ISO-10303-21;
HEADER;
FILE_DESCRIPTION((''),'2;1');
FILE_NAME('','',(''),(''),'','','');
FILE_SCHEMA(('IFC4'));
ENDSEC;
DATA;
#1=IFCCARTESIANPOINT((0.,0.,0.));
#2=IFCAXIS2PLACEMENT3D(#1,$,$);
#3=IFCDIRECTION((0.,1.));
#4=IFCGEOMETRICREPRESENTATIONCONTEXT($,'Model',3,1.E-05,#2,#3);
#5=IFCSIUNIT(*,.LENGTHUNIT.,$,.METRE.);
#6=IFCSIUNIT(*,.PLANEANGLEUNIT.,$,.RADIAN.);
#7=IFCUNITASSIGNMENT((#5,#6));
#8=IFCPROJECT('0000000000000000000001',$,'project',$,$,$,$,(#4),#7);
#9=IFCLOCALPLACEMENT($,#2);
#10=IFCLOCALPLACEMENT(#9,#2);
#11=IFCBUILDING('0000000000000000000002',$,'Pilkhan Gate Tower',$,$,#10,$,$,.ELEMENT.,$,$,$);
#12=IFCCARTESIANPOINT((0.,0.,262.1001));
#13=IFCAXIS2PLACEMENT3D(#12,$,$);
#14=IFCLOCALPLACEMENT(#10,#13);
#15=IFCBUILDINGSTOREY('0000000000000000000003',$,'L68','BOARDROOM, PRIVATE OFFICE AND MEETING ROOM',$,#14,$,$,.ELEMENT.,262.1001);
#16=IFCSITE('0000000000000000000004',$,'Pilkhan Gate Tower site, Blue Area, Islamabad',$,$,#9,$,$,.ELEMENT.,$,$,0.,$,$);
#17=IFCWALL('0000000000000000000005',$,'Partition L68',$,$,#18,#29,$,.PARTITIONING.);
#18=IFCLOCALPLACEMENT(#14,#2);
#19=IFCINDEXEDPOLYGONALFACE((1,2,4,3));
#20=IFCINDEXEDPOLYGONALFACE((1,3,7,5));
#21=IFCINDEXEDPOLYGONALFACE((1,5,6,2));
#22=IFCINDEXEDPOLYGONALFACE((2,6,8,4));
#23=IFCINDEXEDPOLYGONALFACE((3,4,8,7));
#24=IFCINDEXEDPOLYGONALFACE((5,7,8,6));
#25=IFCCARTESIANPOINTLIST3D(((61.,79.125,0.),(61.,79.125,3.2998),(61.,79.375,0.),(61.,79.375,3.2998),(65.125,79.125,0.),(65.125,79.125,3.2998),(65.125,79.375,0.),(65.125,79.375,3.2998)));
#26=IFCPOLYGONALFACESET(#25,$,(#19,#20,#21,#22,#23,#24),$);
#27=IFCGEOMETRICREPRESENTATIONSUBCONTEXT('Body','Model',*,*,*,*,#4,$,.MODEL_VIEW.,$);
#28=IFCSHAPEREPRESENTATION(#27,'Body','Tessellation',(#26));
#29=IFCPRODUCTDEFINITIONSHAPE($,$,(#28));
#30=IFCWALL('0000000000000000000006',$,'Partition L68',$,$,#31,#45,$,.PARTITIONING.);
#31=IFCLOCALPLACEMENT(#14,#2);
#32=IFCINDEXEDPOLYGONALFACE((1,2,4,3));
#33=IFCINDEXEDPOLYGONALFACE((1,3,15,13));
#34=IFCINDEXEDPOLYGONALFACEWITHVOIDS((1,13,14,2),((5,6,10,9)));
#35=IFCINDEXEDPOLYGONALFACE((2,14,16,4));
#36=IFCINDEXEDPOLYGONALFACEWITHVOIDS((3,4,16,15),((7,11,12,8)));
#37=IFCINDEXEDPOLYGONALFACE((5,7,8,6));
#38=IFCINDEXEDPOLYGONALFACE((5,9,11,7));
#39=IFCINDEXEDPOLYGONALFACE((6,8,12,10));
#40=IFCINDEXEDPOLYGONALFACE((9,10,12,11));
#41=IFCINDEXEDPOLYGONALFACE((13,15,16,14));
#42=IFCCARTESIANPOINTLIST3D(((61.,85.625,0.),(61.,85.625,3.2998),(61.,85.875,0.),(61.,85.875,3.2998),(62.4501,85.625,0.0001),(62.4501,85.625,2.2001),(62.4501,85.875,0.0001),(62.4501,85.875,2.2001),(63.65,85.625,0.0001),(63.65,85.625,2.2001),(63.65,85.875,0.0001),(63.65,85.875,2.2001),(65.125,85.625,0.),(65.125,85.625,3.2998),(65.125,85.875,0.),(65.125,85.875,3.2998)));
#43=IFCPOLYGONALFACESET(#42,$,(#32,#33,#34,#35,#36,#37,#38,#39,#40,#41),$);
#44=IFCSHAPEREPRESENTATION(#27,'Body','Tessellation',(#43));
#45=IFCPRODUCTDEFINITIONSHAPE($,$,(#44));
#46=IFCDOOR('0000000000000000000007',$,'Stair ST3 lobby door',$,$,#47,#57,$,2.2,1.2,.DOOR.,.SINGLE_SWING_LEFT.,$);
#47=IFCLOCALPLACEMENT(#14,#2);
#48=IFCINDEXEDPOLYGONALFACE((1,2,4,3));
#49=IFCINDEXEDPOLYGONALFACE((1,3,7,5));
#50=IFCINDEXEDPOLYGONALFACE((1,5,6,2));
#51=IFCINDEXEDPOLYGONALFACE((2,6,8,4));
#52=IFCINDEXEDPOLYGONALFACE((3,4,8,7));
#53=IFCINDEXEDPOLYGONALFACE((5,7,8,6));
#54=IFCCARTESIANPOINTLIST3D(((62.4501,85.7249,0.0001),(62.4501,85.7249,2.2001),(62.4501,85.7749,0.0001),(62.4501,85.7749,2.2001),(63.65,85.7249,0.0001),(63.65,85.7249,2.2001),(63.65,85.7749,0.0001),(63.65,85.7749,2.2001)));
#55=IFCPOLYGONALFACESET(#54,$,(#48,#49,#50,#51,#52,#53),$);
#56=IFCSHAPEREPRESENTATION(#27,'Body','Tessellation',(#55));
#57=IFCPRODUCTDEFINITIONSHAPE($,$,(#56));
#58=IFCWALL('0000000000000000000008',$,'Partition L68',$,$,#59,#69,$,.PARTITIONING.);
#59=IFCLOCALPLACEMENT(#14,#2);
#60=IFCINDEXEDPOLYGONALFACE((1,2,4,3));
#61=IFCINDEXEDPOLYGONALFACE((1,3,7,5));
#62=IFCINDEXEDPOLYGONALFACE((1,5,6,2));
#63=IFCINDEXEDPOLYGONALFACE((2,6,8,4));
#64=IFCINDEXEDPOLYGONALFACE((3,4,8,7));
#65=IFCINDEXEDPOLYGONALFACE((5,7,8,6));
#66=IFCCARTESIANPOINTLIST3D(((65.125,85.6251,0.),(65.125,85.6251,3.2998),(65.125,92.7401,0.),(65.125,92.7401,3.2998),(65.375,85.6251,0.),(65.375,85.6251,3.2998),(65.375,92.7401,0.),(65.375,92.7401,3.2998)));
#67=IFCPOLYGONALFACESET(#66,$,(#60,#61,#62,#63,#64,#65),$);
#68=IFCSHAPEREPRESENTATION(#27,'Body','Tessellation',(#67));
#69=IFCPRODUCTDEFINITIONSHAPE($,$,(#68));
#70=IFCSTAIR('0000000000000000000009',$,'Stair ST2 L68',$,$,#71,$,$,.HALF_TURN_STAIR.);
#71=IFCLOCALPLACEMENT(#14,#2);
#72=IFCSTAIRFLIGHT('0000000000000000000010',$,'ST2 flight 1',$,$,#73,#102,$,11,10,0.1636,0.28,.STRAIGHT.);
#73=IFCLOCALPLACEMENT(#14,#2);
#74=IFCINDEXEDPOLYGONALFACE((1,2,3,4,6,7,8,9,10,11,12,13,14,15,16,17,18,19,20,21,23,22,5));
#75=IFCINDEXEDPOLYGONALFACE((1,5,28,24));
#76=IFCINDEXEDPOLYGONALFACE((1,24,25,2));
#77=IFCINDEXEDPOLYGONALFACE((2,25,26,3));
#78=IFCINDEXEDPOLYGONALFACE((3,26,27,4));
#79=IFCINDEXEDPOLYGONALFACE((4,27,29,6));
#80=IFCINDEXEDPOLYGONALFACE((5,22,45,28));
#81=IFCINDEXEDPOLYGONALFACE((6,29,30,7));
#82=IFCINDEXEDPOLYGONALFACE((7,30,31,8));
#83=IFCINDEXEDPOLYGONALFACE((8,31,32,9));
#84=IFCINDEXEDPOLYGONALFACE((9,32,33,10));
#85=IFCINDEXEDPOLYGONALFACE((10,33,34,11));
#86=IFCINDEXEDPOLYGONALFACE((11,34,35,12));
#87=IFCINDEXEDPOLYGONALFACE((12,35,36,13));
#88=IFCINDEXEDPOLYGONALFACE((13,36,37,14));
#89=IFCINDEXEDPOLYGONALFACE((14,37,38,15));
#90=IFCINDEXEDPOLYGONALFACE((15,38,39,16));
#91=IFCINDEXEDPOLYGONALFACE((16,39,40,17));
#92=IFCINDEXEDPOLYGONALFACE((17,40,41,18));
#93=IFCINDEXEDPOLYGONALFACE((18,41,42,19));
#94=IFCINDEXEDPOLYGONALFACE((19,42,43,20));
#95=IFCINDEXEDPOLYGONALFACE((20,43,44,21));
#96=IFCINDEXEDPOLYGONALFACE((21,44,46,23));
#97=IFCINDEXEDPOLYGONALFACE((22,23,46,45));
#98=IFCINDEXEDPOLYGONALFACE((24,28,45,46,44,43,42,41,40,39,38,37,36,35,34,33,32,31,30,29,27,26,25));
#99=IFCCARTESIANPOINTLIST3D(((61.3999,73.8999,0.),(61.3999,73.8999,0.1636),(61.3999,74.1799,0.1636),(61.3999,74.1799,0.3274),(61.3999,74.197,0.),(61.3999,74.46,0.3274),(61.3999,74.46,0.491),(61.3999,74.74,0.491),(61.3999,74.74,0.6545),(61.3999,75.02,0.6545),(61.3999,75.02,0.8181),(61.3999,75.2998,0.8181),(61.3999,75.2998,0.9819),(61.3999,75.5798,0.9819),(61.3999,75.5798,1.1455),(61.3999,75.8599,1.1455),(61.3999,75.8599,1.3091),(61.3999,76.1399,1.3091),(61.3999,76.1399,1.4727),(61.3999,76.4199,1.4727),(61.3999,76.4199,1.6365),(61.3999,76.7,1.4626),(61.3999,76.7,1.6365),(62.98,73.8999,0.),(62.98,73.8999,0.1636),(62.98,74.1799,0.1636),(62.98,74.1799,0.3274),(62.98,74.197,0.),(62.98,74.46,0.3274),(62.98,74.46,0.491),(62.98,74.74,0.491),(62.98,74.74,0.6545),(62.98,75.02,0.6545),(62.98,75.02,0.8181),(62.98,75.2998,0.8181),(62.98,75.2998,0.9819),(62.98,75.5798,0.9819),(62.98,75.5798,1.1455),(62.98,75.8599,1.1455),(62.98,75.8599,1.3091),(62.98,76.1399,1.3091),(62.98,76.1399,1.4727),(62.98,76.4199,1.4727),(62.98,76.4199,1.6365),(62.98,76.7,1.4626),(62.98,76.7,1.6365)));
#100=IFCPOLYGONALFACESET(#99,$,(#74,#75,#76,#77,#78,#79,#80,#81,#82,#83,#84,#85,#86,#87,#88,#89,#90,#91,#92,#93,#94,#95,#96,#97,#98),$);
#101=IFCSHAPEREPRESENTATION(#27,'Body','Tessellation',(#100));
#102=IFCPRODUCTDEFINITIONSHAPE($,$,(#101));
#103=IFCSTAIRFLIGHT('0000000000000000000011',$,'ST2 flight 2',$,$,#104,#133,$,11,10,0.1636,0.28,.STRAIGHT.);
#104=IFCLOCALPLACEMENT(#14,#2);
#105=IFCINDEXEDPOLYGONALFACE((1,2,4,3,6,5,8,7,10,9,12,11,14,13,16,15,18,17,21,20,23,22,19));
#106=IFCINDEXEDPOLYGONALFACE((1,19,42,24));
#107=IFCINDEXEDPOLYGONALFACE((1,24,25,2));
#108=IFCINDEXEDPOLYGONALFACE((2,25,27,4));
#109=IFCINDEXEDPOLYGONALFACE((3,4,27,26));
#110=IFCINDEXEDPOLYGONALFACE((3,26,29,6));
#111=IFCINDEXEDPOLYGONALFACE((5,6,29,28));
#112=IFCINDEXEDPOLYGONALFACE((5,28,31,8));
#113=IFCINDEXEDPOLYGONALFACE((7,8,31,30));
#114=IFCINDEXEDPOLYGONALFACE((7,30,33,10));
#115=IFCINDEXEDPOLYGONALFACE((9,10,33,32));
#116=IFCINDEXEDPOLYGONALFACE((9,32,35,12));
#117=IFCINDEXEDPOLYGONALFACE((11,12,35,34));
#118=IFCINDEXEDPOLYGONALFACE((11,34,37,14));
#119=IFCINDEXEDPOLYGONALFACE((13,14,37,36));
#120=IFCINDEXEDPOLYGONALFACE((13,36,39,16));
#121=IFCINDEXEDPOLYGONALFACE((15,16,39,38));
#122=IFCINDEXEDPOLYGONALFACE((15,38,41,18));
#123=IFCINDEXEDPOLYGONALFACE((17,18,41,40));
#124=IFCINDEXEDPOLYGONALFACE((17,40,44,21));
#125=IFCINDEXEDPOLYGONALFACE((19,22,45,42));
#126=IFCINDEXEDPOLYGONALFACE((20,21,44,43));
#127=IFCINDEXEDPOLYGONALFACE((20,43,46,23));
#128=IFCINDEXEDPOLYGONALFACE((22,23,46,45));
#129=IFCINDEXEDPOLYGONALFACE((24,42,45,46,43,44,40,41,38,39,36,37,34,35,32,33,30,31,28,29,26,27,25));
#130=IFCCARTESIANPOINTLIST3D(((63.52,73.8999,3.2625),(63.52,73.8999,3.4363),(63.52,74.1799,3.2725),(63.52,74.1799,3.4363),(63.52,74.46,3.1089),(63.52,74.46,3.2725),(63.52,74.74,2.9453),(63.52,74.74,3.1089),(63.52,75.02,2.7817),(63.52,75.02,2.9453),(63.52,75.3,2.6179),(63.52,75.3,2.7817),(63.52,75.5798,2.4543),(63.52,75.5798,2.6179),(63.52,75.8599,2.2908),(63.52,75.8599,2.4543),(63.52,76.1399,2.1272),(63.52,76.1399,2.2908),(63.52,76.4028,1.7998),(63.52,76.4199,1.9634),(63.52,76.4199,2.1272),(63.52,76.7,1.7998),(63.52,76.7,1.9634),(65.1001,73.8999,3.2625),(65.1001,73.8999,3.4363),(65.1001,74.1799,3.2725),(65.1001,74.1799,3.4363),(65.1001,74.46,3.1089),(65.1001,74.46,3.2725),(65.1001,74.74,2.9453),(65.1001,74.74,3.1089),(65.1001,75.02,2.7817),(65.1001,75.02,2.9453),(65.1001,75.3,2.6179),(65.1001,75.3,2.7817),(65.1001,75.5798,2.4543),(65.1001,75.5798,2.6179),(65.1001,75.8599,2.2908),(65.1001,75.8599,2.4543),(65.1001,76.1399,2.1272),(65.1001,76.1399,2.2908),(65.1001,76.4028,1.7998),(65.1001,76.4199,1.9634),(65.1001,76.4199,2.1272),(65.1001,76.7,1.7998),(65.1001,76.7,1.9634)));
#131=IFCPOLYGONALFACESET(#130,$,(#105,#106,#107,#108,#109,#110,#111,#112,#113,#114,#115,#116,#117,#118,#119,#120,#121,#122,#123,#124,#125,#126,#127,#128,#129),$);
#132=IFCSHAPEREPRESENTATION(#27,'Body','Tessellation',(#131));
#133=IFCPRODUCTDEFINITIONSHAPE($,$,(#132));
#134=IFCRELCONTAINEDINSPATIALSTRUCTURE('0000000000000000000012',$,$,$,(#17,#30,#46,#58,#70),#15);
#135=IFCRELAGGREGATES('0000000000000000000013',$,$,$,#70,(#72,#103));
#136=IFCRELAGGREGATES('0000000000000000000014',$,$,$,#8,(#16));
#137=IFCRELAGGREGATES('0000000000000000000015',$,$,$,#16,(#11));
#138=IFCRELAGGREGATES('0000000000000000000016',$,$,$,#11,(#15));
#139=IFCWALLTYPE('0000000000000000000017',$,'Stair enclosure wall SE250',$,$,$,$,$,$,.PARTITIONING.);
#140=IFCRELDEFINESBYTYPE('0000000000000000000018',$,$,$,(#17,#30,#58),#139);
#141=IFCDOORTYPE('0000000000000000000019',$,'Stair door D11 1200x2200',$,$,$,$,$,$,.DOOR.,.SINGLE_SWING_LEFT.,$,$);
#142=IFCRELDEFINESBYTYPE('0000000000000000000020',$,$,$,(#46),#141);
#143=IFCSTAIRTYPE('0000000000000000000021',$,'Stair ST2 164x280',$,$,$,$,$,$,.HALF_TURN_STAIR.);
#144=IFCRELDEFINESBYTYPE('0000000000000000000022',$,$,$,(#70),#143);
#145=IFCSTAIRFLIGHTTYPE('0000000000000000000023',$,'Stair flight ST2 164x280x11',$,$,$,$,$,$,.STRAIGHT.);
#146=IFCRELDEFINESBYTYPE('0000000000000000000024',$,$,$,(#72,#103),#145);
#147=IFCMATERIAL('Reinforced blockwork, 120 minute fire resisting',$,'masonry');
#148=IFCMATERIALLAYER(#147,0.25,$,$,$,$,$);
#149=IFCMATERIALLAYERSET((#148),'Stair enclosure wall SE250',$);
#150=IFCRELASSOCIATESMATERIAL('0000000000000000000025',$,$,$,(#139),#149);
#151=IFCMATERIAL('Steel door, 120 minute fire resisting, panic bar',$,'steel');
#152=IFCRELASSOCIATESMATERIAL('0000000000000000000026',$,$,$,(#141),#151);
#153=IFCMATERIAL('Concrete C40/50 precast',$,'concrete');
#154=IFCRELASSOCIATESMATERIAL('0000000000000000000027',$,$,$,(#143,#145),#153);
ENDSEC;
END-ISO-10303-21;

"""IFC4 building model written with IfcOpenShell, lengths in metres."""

from ifc_helpers import new_model, si_unit, direction, frame, frame_2d, origin, place, context, subcontext, project, spatial, polyline, rectangle, outline, extrude, material, layer, layer_set, type_object, element, fill, aggregate, save


model = new_model("IFC4")

# Units and contexts
model_context = context("Model", 3, precision=1e-05, world=origin(), true_north=direction((0.0, 1.0)))
body_context = subcontext(model_context, "Body", "Model", "MODEL_VIEW")
ifc_project = project(units=[si_unit("LENGTHUNIT", "METRE"), si_unit("PLANEANGLEUNIT", "RADIAN")], contexts=[model_context])

# Site, building, storey
site_placement = place(None, origin())
site = spatial("IfcSite", under=ifc_project, at=site_placement, Name="Pilkhan Gate Tower site, Blue Area, Islamabad", CompositionType="ELEMENT", RefElevation=0.0)
building_placement = place(site_placement, origin())
building = spatial("IfcBuilding", under=site, at=building_placement, Name="Pilkhan Gate Tower", CompositionType="ELEMENT")
storey_placement = place(building_placement, frame((0.0, 0.0, 262.1001)))
storey = spatial("IfcBuildingStorey", under=building, at=storey_placement, Name="L68", Description="BOARDROOM, PRIVATE OFFICE AND MEETING ROOM", CompositionType="ELEMENT", Elevation=262.1001)

# Wall
ifc_material_1 = material(Name="Reinforced blockwork, 120 minute fire resisting", Category="masonry")
ifc_layer_1 = layer(ifc_material_1, 0.25)
ifc_layer_set_1 = layer_set([ifc_layer_1], Name="Stair enclosure wall SE250")
wall_type_1 = type_object("IfcWallType", Name="Stair enclosure wall SE250", PredefinedType="PARTITIONING", material=ifc_layer_set_1)
wall_1_placement = place(storey_placement, frame((61.0, 79.25, 0.0), z_axis=(0.0, 0.0, 1.0), x_axis=(1.0, 0.0, 0.0)))
element("IfcWall", 1, at=wall_1_placement, inside=storey, type_object=wall_type_1, Name="Partition L68", PredefinedType="PARTITIONING", context=body_context, shape_type="SweptSolid", body=[
    extrude(rectangle(XDim=4.125, YDim=0.25, at=frame_2d((2.0625, 0.0))), origin(), (0.0, 0.0, 1.0), 3.2998),
])

# Wall, opening, door
wall_2_placement = place(storey_placement, frame((61.0, 85.75, 0.0), z_axis=(0.0, 0.0, 1.0), x_axis=(1.0, 0.0, 0.0)))
wall_2 = element("IfcWall", 2, at=wall_2_placement, inside=storey, type_object=wall_type_1, Name="Partition L68", PredefinedType="PARTITIONING", context=body_context, shape_type="SweptSolid", body=[
    extrude(rectangle(XDim=4.125, YDim=0.25, at=frame_2d((2.0625, 0.0))), origin(), (0.0, 0.0, 1.0), 3.2998),
])
opening_1_placement = place(wall_2_placement, frame((1.45, 0.0, 0.0)))
opening_1 = element("IfcOpeningElement", 3, at=opening_1_placement, cuts=wall_2, PredefinedType="OPENING", context=body_context, shape_type="SweptSolid", body=[
    extrude(rectangle(XDim=1.2, YDim=2.2, at=frame_2d((0.6001, 1.1001))), frame((0.0, 0.135, 0.0), z_axis=(0.0, -1.0, 0.0), x_axis=(1.0, 0.0, 0.0)), (0.0, 0.0, 1.0), 0.27),
])
ifc_material_2 = material(Name="Steel door, 120 minute fire resisting, panic bar", Category="steel")
door_type_1 = type_object("IfcDoorType", Name="Stair door D11 1200x2200", OperationType="SINGLE_SWING_LEFT", PredefinedType="DOOR", material=ifc_material_2)
door_1_placement = place(opening_1_placement, origin())
door_1 = element("IfcDoor", 4, at=door_1_placement, inside=storey, type_object=door_type_1, Name="Stair ST3 lobby door", OperationType="SINGLE_SWING_LEFT", OverallHeight=2.2, OverallWidth=1.2, PredefinedType="DOOR", context=body_context, shape_type="SweptSolid", body=[
    extrude(rectangle(XDim=1.2, YDim=2.2, at=frame_2d((0.6001, 1.1001))), frame((0.0, 0.0249, 0.0), z_axis=(0.0, -1.0, 0.0), x_axis=(1.0, 0.0, 0.0)), (0.0, 0.0, 1.0), 0.05),
])
fill(opening_1, door_1)

# Wall
wall_3_placement = place(storey_placement, frame((65.25, 85.625, 0.0), z_axis=(0.0, 0.0, 1.0), x_axis=(0.0, 1.0, 0.0)))
element("IfcWall", 5, at=wall_3_placement, inside=storey, type_object=wall_type_1, Name="Partition L68", PredefinedType="PARTITIONING", context=body_context, shape_type="SweptSolid", body=[
    extrude(rectangle(XDim=7.115, YDim=0.25, at=frame_2d((3.5576, 0.0))), origin(), (0.0, 0.0, 1.0), 3.2998),
])

# Stair, stair flights
ifc_material_3 = material(Name="Concrete C40/50 precast", Category="concrete")
stair_type = type_object("IfcStairType", Name="Stair ST2 164x280", PredefinedType="HALF_TURN_STAIR", material=ifc_material_3)
stair_placement = place(storey_placement, origin())
stair = element("IfcStair", 6, at=stair_placement, inside=storey, type_object=stair_type, Name="Stair ST2 L68", PredefinedType="HALF_TURN_STAIR")
stair_flight_type = type_object("IfcStairFlightType", Name="Stair flight ST2 164x280x11", PredefinedType="STRAIGHT", material=ifc_material_3)
stair_flight_1_placement = place(storey_placement, frame((62.1899, 73.8999, 0.0), z_axis=(0.0, 0.0, 1.0), x_axis=(0.0, 1.0, 0.0)))
stair_flight_1 = element("IfcStairFlight", 7, at=stair_flight_1_placement, type_object=stair_flight_type, Name="ST2 flight 1", NumberOfRisers=11, NumberOfTreads=10, PredefinedType="STRAIGHT", RiserHeight=0.1636, TreadLength=0.28, context=body_context, shape_type="SweptSolid", body=[
    extrude(outline(polyline([(0.0, 0.0), (0.0, 0.1636), (0.28, 0.1636), (0.28, 0.3274), (0.5601, 0.3274), (0.5601, 0.491), (0.8401, 0.491), (0.8401, 0.6545), (1.1201, 0.6545), (1.1201, 0.8181), (1.3999, 0.8181), (1.3999, 0.9819), (1.6799, 0.9819), (1.6799, 1.1455), (1.96, 1.1455), (1.96, 1.3091), (2.24, 1.3091), (2.24, 1.4727), (2.52, 1.4727), (2.52, 1.6365), (2.8, 1.6365), (2.8, 1.8), (2.8, 1.4626), (0.2971, 0.0), (0.0, 0.0)])), frame((0.0, 0.79, 0.0), z_axis=(0.0, -1.0, 0.0), x_axis=(1.0, 0.0, 0.0)), (0.0, 0.0, 1.0), 1.5801),
])
stair_flight_2_placement = place(storey_placement, frame((64.3101, 76.7, 1.7998), z_axis=(0.0, 0.0, 1.0), x_axis=(0.0, -1.0, 0.0)))
stair_flight_2 = element("IfcStairFlight", 8, at=stair_flight_2_placement, type_object=stair_flight_type, Name="ST2 flight 2", NumberOfRisers=11, NumberOfTreads=10, PredefinedType="STRAIGHT", RiserHeight=0.1636, TreadLength=0.28, context=body_context, shape_type="SweptSolid", body=[
    extrude(outline(polyline([(0.0, 0.0), (0.0, 0.1636), (0.28, 0.1636), (0.28, 0.3274), (0.5601, 0.3274), (0.5601, 0.491), (0.8401, 0.491), (0.8401, 0.6545), (1.1201, 0.6545), (1.1201, 0.8181), (1.3999, 0.8181), (1.3999, 0.9819), (1.6799, 0.9819), (1.6799, 1.1455), (1.96, 1.1455), (1.96, 1.3091), (2.24, 1.3091), (2.24, 1.4727), (2.52, 1.4727), (2.52, 1.6365), (2.8, 1.6365), (2.8, 1.8), (2.8, 1.4626), (0.2971, 0.0), (0.0, 0.0)])), frame((0.0, 0.79, 0.0), z_axis=(0.0, -1.0, 0.0), x_axis=(1.0, 0.0, 0.0)), (0.0, 0.0, 1.0), 1.5801),
])
aggregate(stair, [stair_flight_1, stair_flight_2])

save(model, "model.ifc")
